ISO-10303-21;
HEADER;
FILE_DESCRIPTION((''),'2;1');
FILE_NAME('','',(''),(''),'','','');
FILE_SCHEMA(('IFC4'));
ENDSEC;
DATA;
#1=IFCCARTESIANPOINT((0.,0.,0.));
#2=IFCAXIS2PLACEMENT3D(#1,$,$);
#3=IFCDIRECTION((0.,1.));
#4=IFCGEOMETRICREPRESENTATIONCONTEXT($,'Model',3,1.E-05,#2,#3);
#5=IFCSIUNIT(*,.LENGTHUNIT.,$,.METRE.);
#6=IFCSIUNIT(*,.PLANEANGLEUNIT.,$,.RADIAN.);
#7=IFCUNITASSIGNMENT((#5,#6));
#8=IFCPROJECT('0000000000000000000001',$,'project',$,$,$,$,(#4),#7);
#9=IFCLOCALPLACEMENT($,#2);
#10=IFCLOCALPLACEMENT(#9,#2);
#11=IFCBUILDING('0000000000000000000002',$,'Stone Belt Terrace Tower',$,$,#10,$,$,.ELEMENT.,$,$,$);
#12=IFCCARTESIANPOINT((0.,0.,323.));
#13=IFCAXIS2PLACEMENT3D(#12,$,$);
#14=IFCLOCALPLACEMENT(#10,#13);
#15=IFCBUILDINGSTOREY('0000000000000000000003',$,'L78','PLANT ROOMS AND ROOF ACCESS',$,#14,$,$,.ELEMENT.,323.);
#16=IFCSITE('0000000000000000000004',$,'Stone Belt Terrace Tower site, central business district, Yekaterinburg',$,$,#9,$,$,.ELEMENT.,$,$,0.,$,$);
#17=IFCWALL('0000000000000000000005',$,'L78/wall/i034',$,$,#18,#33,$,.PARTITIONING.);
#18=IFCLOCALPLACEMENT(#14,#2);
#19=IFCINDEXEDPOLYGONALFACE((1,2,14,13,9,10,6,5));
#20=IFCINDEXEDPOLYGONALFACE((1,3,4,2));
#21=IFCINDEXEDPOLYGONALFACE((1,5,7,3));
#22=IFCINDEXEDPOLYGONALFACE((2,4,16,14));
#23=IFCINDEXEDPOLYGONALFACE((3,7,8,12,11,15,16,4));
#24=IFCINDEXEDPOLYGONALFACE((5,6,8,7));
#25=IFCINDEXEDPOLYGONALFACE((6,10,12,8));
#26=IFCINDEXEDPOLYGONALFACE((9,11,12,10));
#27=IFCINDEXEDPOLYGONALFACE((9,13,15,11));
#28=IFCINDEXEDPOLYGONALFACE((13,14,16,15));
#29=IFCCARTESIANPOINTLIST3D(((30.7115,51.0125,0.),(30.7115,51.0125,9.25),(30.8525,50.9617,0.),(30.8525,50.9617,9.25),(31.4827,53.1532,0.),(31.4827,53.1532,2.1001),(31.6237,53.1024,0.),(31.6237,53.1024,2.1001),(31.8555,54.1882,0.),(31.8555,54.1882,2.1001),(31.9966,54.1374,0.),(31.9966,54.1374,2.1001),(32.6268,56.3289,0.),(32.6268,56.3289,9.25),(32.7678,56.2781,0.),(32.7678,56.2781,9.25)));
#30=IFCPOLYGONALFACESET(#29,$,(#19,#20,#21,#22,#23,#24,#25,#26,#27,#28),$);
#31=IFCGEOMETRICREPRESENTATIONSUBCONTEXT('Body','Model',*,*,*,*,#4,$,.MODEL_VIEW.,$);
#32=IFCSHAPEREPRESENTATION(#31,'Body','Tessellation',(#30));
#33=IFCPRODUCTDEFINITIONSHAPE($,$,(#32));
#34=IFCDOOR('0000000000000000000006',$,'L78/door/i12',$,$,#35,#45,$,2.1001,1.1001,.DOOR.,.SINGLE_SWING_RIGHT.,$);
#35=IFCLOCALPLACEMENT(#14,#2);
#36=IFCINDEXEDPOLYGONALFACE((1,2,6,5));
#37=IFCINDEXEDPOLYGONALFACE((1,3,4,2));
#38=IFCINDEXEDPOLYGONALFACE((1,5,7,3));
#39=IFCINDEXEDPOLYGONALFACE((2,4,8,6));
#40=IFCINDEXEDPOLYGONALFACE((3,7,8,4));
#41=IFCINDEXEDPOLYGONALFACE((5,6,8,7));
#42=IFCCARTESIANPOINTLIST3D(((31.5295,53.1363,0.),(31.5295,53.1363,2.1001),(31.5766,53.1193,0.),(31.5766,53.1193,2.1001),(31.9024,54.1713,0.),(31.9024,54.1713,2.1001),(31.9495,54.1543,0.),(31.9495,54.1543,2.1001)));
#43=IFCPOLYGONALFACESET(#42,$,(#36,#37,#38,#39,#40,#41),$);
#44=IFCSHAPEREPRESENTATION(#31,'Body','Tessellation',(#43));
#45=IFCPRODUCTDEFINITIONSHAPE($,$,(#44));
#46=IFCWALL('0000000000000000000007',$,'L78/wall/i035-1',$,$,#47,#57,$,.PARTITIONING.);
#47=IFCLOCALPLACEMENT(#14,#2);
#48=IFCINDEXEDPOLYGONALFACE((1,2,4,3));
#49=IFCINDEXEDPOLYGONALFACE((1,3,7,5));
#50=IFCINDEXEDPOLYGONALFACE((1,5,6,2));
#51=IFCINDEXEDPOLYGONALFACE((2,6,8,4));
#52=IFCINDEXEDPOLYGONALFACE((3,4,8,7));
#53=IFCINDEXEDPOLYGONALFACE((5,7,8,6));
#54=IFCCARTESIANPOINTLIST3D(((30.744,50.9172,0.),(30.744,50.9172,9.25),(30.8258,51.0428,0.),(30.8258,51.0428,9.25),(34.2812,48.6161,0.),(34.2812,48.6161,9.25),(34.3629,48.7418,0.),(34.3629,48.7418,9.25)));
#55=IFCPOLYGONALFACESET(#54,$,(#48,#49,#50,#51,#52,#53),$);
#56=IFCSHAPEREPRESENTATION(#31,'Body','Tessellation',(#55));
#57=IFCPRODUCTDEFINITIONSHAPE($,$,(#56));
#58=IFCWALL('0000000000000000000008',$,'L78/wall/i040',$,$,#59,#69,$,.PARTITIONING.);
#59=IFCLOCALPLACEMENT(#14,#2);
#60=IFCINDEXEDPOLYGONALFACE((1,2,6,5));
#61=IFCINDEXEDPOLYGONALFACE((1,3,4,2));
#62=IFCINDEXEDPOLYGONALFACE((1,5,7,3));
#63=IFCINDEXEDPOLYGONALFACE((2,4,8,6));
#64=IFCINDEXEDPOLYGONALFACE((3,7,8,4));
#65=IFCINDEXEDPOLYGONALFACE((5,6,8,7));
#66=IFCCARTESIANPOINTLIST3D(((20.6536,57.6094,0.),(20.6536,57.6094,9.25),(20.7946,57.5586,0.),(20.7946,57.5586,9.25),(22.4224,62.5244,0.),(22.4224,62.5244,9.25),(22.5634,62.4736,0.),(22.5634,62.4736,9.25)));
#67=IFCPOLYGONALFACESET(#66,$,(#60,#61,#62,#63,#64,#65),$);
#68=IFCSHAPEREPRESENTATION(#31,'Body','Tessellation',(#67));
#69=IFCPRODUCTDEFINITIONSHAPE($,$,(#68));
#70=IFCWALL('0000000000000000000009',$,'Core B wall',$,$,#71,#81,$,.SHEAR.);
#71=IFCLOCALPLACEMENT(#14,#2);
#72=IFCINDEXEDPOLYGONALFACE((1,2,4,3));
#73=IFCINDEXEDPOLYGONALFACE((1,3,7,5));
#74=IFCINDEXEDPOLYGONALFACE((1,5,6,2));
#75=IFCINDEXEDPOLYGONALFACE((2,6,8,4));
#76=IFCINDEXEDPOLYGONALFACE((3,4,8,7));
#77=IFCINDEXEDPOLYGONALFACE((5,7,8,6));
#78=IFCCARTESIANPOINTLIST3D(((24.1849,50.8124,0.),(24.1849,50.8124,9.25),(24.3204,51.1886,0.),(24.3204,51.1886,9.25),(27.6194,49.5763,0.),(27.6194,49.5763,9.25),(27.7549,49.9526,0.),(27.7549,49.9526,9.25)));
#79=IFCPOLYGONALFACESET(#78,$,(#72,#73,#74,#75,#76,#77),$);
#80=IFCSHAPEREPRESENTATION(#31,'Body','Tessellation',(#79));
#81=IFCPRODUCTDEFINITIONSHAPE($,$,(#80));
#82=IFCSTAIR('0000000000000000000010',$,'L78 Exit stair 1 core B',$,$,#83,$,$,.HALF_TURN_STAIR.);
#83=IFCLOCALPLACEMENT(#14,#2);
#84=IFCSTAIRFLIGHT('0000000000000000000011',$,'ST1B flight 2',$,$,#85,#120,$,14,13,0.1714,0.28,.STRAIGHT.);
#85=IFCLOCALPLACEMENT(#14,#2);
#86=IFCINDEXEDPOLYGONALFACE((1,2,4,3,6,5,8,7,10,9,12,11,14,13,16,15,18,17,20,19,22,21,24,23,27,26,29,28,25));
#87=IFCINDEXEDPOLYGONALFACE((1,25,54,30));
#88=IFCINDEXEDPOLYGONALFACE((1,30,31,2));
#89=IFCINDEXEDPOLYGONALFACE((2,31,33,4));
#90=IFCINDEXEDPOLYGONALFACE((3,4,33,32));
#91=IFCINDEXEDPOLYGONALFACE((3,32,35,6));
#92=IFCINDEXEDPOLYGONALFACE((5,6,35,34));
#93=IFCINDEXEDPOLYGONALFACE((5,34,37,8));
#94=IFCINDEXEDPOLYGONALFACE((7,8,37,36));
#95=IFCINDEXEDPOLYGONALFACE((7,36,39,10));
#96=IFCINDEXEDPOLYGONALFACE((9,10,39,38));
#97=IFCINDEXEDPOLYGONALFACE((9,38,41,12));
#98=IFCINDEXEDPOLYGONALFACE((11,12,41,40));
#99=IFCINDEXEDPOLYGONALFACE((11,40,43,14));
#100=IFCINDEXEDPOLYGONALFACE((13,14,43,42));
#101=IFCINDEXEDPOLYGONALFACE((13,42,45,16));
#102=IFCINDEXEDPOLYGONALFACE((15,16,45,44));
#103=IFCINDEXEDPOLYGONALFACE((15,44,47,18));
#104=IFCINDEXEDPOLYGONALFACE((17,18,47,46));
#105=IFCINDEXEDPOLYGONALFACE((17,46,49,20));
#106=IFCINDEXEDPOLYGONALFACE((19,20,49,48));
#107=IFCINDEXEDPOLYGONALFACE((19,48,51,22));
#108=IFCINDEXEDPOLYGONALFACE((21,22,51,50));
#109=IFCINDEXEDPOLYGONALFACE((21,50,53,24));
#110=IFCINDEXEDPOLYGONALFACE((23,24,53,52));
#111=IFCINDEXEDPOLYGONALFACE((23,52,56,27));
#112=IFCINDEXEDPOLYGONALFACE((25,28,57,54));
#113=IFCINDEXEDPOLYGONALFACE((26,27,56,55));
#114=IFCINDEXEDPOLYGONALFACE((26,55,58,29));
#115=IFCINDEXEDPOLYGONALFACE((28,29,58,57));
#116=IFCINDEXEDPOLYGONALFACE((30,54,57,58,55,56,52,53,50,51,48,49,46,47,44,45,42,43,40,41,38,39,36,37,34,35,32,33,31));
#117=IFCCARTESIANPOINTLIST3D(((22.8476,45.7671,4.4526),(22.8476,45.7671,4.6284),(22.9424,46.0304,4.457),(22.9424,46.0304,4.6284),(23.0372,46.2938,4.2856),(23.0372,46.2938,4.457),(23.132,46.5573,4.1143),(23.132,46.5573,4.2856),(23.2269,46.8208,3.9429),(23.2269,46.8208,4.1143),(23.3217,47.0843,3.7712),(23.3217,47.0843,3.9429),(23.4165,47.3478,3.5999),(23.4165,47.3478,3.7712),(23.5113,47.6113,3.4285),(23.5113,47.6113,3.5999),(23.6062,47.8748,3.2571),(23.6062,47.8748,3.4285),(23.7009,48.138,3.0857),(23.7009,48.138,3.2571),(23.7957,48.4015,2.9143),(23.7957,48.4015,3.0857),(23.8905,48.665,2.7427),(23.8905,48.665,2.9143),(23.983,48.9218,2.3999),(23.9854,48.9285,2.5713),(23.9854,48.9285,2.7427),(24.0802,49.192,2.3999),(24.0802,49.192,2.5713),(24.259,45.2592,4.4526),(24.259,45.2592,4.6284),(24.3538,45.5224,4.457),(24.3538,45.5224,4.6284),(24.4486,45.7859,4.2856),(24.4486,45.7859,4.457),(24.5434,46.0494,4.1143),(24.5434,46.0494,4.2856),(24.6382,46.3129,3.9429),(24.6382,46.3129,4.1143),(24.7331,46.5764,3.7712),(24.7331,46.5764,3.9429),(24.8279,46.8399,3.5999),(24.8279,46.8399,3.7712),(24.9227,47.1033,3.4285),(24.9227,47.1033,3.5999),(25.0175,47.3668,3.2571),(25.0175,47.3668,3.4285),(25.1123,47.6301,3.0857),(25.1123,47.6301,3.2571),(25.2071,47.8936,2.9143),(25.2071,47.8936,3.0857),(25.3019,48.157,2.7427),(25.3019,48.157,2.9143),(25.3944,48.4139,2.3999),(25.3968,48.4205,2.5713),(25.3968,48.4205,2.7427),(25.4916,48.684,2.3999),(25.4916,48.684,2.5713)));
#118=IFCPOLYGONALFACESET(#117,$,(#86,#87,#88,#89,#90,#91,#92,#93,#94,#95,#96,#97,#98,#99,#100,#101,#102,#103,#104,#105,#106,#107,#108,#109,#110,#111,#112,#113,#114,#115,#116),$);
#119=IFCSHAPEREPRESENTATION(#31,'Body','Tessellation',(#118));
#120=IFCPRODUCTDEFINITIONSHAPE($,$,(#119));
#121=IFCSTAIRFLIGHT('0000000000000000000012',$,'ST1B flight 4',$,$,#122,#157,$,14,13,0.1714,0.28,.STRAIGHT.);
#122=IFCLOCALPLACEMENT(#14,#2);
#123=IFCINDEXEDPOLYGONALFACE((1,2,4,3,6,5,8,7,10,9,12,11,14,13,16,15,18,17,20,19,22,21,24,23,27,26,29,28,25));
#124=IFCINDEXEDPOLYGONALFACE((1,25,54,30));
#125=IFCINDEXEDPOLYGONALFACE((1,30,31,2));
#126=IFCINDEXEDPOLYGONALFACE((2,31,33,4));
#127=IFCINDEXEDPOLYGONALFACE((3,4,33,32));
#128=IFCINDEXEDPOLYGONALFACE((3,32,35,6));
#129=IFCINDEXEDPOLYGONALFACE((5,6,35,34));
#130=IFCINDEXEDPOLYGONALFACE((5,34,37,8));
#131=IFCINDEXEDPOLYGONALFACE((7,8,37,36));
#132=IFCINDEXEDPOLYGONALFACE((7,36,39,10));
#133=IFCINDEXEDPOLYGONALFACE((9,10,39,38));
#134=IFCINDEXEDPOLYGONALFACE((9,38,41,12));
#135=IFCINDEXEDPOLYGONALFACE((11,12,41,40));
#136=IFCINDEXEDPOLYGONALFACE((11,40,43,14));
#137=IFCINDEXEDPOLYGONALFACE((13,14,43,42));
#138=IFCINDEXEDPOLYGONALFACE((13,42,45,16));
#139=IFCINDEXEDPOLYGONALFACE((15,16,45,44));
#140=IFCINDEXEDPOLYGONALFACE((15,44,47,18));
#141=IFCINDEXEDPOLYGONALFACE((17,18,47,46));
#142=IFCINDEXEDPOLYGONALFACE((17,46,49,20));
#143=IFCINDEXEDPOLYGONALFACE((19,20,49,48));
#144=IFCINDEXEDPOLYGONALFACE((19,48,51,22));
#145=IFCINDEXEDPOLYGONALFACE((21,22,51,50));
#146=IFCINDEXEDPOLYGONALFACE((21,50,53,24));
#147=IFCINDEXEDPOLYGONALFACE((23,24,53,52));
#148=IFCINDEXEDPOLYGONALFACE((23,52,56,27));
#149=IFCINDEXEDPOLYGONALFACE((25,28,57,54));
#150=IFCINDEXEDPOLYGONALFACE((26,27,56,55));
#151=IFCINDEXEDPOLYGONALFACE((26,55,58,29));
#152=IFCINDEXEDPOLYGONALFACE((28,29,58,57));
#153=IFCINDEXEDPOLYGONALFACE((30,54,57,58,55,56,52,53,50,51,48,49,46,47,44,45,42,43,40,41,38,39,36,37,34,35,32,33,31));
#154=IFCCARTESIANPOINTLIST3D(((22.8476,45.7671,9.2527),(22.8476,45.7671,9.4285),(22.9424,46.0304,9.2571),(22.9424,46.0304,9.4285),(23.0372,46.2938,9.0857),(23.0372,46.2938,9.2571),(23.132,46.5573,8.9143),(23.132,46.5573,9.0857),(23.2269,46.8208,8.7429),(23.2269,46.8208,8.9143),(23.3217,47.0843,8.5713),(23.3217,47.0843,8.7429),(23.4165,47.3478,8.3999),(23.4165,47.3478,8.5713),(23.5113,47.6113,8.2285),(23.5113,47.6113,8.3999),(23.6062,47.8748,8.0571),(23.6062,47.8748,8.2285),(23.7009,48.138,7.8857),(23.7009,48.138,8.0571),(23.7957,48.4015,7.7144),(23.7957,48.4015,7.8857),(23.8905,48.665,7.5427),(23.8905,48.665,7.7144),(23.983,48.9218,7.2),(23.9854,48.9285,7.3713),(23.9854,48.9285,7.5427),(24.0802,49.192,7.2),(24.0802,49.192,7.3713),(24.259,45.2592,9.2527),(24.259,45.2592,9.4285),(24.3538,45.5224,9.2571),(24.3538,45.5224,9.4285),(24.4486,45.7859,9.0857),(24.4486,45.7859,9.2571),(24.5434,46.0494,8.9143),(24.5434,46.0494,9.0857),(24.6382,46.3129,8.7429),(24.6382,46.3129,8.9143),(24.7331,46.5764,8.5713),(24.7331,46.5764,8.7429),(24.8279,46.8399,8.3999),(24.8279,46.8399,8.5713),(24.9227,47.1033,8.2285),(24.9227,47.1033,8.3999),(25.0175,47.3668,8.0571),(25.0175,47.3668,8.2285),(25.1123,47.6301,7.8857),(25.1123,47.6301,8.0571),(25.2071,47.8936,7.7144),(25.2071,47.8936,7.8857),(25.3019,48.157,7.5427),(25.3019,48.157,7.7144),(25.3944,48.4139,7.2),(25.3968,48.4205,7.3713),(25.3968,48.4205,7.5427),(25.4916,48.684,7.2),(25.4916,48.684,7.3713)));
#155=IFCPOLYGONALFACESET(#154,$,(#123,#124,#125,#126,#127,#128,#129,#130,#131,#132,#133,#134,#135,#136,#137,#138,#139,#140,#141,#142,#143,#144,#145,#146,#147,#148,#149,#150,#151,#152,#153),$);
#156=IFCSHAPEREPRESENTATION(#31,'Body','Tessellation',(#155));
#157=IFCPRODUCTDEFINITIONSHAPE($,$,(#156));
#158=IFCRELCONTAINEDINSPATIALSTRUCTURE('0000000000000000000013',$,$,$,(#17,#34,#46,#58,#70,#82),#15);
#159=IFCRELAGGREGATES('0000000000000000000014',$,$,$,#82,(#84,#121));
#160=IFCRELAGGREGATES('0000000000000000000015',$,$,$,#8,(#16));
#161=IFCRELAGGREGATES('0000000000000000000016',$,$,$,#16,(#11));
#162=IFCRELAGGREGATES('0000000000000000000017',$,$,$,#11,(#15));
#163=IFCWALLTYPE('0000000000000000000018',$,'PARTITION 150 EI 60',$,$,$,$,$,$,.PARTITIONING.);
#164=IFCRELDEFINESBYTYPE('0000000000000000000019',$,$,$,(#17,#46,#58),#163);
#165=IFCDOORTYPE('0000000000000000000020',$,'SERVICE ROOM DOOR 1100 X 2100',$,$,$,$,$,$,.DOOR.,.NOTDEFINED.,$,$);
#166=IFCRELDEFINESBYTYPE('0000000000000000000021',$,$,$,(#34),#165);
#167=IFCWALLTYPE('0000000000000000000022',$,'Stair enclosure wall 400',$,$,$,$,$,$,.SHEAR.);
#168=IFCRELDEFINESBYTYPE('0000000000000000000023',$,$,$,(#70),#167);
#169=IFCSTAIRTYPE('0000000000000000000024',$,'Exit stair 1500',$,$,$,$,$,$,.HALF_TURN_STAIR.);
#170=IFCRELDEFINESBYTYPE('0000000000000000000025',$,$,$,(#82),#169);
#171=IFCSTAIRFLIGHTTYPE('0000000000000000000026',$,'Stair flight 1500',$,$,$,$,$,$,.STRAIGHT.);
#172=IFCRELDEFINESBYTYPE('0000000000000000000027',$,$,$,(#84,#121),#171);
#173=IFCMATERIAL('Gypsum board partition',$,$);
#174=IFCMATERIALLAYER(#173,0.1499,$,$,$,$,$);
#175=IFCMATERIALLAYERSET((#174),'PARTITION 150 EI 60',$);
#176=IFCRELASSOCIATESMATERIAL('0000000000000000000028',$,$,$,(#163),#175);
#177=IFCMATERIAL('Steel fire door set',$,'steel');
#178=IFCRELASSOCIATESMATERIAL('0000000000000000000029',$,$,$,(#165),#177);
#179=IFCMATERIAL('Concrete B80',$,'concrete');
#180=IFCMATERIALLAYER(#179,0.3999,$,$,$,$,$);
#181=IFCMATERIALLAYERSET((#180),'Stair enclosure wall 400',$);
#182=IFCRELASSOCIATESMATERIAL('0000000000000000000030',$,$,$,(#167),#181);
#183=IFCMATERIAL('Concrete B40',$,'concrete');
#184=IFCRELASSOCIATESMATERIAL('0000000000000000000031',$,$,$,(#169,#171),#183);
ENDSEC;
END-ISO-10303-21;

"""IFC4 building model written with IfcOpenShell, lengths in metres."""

from ifc_helpers import new_model, si_unit, direction, frame, frame_2d, origin, place, context, subcontext, project, spatial, polyline, rectangle, outline, extrude, material, layer, layer_set, type_object, element, fill, aggregate, save


model = new_model("IFC4")

# Units and contexts
model_context = context("Model", 3, precision=1e-05, world=origin(), true_north=direction((0.0, 1.0)))
body_context = subcontext(model_context, "Body", "Model", "MODEL_VIEW")
ifc_project = project(units=[si_unit("LENGTHUNIT", "METRE"), si_unit("PLANEANGLEUNIT", "RADIAN")], contexts=[model_context])

# Site, building, storey
site_placement = place(None, origin())
site = spatial("IfcSite", under=ifc_project, at=site_placement, Name="Stone Belt Terrace Tower site, central business district, Yekaterinburg", CompositionType="ELEMENT", RefElevation=0.0)
building_placement = place(site_placement, origin())
building = spatial("IfcBuilding", under=site, at=building_placement, Name="Stone Belt Terrace Tower", CompositionType="ELEMENT")
storey_placement = place(building_placement, frame((0.0, 0.0, 323.0)))
storey = spatial("IfcBuildingStorey", under=building, at=storey_placement, Name="L78", Description="PLANT ROOMS AND ROOF ACCESS", CompositionType="ELEMENT", Elevation=323.0)

# Shared definitions
ifc_material_1 = material(Name="Concrete B80", Category="concrete")

# Wall, opening, door
ifc_material_2 = material(Name="Gypsum board partition")
ifc_layer_1 = layer(ifc_material_2, 0.1499)
ifc_layer_set_1 = layer_set([ifc_layer_1], Name="PARTITION 150 EI 60")
wall_type_1 = type_object("IfcWallType", Name="PARTITION 150 EI 60", PredefinedType="PARTITIONING", material=ifc_layer_set_1)
ifc_material_3 = material(Name="Steel fire door set", Category="steel")
door_type_1 = type_object("IfcDoorType", Name="SERVICE ROOM DOOR 1100 X 2100", OperationType="NOTDEFINED", PredefinedType="DOOR", material=ifc_material_3)
wall_1_placement = place(storey_placement, frame((32.6973, 56.3035, 0.0), z_axis=(0.0, 0.0, 1.0), x_axis=(-0.338935, -0.94081, 0.0)))
wall_1 = element("IfcWall", 1, at=wall_1_placement, inside=storey, type_object=wall_type_1, Name="L78/wall/i034", PredefinedType="PARTITIONING", context=body_context, shape_type="SweptSolid", body=[
    extrude(rectangle(XDim=5.6509, YDim=0.1499, at=frame_2d((2.8254, 0.0))), origin(), (0.0, 0.0, 1.0), 9.25),
])
opening_1_placement = place(wall_1_placement, frame((2.2754, 0.0, 0.0)))
opening_1 = element("IfcOpeningElement", 2, at=opening_1_placement, cuts=wall_1, PredefinedType="OPENING", context=body_context, shape_type="SweptSolid", body=[
    extrude(rectangle(XDim=1.1001, YDim=2.1001, at=frame_2d((0.55, 1.05))), frame((0.0, 0.085, 0.0), z_axis=(0.0, -1.0, 0.0), x_axis=(1.0, 0.0, 0.0)), (0.0, 0.0, 1.0), 0.1699),
])
door_1_placement = place(opening_1_placement, origin())
door_1 = element("IfcDoor", 3, at=door_1_placement, inside=storey, type_object=door_type_1, Name="L78/door/i12", OperationType="SINGLE_SWING_RIGHT", OverallHeight=2.1001, OverallWidth=1.1001, PredefinedType="DOOR", context=body_context, shape_type="SweptSolid", body=[
    extrude(rectangle(XDim=1.1001, YDim=2.1001, at=frame_2d((0.55, 1.05))), frame((0.0, 0.0249, 0.0), z_axis=(0.0, -1.0, 0.0), x_axis=(1.0, 0.0, 0.0)), (0.0, 0.0, 1.0), 0.05),
])
fill(opening_1, door_1)

# Walls
wall_2_placement = place(storey_placement, frame((30.7849, 50.98, 0.0), z_axis=(0.0, 0.0, 1.0), x_axis=(0.838237, -0.545306, 0.0)))
element("IfcWall", 4, at=wall_2_placement, inside=storey, type_object=wall_type_1, Name="L78/wall/i035-1", PredefinedType="PARTITIONING", context=body_context, shape_type="SweptSolid", body=[
    extrude(rectangle(XDim=4.2197, YDim=0.1499, at=frame_2d((2.1099, 0.0))), origin(), (0.0, 0.0, 1.0), 9.25),
])
wall_3_placement = place(storey_placement, frame((22.4929, 62.499, 0.0), z_axis=(0.0, 0.0, 1.0), x_axis=(-0.338615, -0.940925, 0.0)))
element("IfcWall", 5, at=wall_3_placement, inside=storey, type_object=wall_type_1, Name="L78/wall/i040", PredefinedType="PARTITIONING", context=body_context, shape_type="SweptSolid", body=[
    extrude(rectangle(XDim=5.2236, YDim=0.1499, at=frame_2d((2.6118, 0.0))), origin(), (0.0, 0.0, 1.0), 9.25),
])
ifc_layer_2 = layer(ifc_material_1, 0.3999)
ifc_layer_set_2 = layer_set([ifc_layer_2], Name="Stair enclosure wall 400")
wall_type_2 = type_object("IfcWallType", Name="Stair enclosure wall 400", PredefinedType="SHEAR", material=ifc_layer_set_2)
wall_4_placement = place(storey_placement, frame((27.6873, 49.7644, 0.0), z_axis=(0.0, 0.0, 1.0), x_axis=(-0.940919, 0.338632, 0.0)))
element("IfcWall", 6, at=wall_4_placement, inside=storey, type_object=wall_type_2, Name="Core B wall", PredefinedType="SHEAR", context=body_context, shape_type="SweptSolid", body=[
    extrude(rectangle(XDim=3.6501, YDim=0.3999, at=frame_2d((1.8252, 0.0))), origin(), (0.0, 0.0, 1.0), 9.25),
])

# Stair, stair flights
ifc_material_4 = material(Name="Concrete B40", Category="concrete")
stair_type = type_object("IfcStairType", Name="Exit stair 1500", PredefinedType="HALF_TURN_STAIR", material=ifc_material_4)
stair_placement = place(storey_placement, origin())
stair = element("IfcStair", 7, at=stair_placement, inside=storey, type_object=stair_type, Name="L78 Exit stair 1 core B", PredefinedType="HALF_TURN_STAIR")
stair_flight_type = type_object("IfcStairFlightType", Name="Stair flight 1500", PredefinedType="STRAIGHT", material=ifc_material_4)
stair_flight_1_placement = place(storey_placement, frame((24.7859, 48.938, 2.3999), z_axis=(0.0, 0.0, 1.0), x_axis=(-0.338624, -0.940922, 0.0)))
stair_flight_1 = element("IfcStairFlight", 8, at=stair_flight_1_placement, type_object=stair_flight_type, Name="ST1B flight 2", NumberOfRisers=14, NumberOfTreads=13, PredefinedType="STRAIGHT", RiserHeight=0.1714, TreadLength=0.28, context=body_context, shape_type="SweptSolid", body=[
    extrude(outline(polyline([(0.0, 0.0), (0.0, 0.1714), (0.28, 0.1714), (0.28, 0.3428), (0.5601, 0.3428), (0.5601, 0.5144), (0.8401, 0.5144), (0.8401, 0.6858), (1.1201, 0.6858), (1.1201, 0.8572), (1.3999, 0.8572), (1.3999, 1.0286), (1.6799, 1.0286), (1.6799, 1.2), (1.96, 1.2), (1.96, 1.3713), (2.24, 1.3713), (2.24, 1.543), (2.52, 1.543), (2.52, 1.7144), (2.8, 1.7144), (2.8, 1.8857), (3.0801, 1.8857), (3.0801, 2.0571), (3.3601, 2.0571), (3.3601, 2.2285), (3.6399, 2.2285), (3.6399, 2.3999), (3.6399, 2.0527), (0.2871, 0.0), (0.0, 0.0)])), frame((0.0, 0.75, 0.0), z_axis=(0.0, -1.0, 0.0), x_axis=(1.0, 0.0, 0.0)), (0.0, 0.0, 1.0), 1.5),
])
stair_flight_2_placement = place(storey_placement, frame((24.7859, 48.938, 7.2), z_axis=(0.0, 0.0, 1.0), x_axis=(-0.338624, -0.940922, 0.0)))
stair_flight_2 = element("IfcStairFlight", 9, at=stair_flight_2_placement, type_object=stair_flight_type, Name="ST1B flight 4", NumberOfRisers=14, NumberOfTreads=13, PredefinedType="STRAIGHT", RiserHeight=0.1714, TreadLength=0.28, context=body_context, shape_type="SweptSolid", body=[
    extrude(outline(polyline([(0.0, 0.0), (0.0, 0.1714), (0.28, 0.1714), (0.28, 0.3428), (0.5601, 0.3428), (0.5601, 0.5144), (0.8401, 0.5144), (0.8401, 0.6858), (1.1201, 0.6858), (1.1201, 0.8572), (1.3999, 0.8572), (1.3999, 1.0286), (1.6799, 1.0286), (1.6799, 1.2), (1.96, 1.2), (1.96, 1.3713), (2.24, 1.3713), (2.24, 1.543), (2.52, 1.543), (2.52, 1.7144), (2.8, 1.7144), (2.8, 1.8857), (3.0801, 1.8857), (3.0801, 2.0571), (3.3601, 2.0571), (3.3601, 2.2285), (3.6399, 2.2285), (3.6399, 2.3999), (3.6399, 2.0527), (0.2871, 0.0), (0.0, 0.0)])), frame((0.0, 0.75, 0.0), z_axis=(0.0, -1.0, 0.0), x_axis=(1.0, 0.0, 0.0)), (0.0, 0.0, 1.0), 1.5),
])
aggregate(stair, [stair_flight_1, stair_flight_2])

save(model, "model.ifc")
